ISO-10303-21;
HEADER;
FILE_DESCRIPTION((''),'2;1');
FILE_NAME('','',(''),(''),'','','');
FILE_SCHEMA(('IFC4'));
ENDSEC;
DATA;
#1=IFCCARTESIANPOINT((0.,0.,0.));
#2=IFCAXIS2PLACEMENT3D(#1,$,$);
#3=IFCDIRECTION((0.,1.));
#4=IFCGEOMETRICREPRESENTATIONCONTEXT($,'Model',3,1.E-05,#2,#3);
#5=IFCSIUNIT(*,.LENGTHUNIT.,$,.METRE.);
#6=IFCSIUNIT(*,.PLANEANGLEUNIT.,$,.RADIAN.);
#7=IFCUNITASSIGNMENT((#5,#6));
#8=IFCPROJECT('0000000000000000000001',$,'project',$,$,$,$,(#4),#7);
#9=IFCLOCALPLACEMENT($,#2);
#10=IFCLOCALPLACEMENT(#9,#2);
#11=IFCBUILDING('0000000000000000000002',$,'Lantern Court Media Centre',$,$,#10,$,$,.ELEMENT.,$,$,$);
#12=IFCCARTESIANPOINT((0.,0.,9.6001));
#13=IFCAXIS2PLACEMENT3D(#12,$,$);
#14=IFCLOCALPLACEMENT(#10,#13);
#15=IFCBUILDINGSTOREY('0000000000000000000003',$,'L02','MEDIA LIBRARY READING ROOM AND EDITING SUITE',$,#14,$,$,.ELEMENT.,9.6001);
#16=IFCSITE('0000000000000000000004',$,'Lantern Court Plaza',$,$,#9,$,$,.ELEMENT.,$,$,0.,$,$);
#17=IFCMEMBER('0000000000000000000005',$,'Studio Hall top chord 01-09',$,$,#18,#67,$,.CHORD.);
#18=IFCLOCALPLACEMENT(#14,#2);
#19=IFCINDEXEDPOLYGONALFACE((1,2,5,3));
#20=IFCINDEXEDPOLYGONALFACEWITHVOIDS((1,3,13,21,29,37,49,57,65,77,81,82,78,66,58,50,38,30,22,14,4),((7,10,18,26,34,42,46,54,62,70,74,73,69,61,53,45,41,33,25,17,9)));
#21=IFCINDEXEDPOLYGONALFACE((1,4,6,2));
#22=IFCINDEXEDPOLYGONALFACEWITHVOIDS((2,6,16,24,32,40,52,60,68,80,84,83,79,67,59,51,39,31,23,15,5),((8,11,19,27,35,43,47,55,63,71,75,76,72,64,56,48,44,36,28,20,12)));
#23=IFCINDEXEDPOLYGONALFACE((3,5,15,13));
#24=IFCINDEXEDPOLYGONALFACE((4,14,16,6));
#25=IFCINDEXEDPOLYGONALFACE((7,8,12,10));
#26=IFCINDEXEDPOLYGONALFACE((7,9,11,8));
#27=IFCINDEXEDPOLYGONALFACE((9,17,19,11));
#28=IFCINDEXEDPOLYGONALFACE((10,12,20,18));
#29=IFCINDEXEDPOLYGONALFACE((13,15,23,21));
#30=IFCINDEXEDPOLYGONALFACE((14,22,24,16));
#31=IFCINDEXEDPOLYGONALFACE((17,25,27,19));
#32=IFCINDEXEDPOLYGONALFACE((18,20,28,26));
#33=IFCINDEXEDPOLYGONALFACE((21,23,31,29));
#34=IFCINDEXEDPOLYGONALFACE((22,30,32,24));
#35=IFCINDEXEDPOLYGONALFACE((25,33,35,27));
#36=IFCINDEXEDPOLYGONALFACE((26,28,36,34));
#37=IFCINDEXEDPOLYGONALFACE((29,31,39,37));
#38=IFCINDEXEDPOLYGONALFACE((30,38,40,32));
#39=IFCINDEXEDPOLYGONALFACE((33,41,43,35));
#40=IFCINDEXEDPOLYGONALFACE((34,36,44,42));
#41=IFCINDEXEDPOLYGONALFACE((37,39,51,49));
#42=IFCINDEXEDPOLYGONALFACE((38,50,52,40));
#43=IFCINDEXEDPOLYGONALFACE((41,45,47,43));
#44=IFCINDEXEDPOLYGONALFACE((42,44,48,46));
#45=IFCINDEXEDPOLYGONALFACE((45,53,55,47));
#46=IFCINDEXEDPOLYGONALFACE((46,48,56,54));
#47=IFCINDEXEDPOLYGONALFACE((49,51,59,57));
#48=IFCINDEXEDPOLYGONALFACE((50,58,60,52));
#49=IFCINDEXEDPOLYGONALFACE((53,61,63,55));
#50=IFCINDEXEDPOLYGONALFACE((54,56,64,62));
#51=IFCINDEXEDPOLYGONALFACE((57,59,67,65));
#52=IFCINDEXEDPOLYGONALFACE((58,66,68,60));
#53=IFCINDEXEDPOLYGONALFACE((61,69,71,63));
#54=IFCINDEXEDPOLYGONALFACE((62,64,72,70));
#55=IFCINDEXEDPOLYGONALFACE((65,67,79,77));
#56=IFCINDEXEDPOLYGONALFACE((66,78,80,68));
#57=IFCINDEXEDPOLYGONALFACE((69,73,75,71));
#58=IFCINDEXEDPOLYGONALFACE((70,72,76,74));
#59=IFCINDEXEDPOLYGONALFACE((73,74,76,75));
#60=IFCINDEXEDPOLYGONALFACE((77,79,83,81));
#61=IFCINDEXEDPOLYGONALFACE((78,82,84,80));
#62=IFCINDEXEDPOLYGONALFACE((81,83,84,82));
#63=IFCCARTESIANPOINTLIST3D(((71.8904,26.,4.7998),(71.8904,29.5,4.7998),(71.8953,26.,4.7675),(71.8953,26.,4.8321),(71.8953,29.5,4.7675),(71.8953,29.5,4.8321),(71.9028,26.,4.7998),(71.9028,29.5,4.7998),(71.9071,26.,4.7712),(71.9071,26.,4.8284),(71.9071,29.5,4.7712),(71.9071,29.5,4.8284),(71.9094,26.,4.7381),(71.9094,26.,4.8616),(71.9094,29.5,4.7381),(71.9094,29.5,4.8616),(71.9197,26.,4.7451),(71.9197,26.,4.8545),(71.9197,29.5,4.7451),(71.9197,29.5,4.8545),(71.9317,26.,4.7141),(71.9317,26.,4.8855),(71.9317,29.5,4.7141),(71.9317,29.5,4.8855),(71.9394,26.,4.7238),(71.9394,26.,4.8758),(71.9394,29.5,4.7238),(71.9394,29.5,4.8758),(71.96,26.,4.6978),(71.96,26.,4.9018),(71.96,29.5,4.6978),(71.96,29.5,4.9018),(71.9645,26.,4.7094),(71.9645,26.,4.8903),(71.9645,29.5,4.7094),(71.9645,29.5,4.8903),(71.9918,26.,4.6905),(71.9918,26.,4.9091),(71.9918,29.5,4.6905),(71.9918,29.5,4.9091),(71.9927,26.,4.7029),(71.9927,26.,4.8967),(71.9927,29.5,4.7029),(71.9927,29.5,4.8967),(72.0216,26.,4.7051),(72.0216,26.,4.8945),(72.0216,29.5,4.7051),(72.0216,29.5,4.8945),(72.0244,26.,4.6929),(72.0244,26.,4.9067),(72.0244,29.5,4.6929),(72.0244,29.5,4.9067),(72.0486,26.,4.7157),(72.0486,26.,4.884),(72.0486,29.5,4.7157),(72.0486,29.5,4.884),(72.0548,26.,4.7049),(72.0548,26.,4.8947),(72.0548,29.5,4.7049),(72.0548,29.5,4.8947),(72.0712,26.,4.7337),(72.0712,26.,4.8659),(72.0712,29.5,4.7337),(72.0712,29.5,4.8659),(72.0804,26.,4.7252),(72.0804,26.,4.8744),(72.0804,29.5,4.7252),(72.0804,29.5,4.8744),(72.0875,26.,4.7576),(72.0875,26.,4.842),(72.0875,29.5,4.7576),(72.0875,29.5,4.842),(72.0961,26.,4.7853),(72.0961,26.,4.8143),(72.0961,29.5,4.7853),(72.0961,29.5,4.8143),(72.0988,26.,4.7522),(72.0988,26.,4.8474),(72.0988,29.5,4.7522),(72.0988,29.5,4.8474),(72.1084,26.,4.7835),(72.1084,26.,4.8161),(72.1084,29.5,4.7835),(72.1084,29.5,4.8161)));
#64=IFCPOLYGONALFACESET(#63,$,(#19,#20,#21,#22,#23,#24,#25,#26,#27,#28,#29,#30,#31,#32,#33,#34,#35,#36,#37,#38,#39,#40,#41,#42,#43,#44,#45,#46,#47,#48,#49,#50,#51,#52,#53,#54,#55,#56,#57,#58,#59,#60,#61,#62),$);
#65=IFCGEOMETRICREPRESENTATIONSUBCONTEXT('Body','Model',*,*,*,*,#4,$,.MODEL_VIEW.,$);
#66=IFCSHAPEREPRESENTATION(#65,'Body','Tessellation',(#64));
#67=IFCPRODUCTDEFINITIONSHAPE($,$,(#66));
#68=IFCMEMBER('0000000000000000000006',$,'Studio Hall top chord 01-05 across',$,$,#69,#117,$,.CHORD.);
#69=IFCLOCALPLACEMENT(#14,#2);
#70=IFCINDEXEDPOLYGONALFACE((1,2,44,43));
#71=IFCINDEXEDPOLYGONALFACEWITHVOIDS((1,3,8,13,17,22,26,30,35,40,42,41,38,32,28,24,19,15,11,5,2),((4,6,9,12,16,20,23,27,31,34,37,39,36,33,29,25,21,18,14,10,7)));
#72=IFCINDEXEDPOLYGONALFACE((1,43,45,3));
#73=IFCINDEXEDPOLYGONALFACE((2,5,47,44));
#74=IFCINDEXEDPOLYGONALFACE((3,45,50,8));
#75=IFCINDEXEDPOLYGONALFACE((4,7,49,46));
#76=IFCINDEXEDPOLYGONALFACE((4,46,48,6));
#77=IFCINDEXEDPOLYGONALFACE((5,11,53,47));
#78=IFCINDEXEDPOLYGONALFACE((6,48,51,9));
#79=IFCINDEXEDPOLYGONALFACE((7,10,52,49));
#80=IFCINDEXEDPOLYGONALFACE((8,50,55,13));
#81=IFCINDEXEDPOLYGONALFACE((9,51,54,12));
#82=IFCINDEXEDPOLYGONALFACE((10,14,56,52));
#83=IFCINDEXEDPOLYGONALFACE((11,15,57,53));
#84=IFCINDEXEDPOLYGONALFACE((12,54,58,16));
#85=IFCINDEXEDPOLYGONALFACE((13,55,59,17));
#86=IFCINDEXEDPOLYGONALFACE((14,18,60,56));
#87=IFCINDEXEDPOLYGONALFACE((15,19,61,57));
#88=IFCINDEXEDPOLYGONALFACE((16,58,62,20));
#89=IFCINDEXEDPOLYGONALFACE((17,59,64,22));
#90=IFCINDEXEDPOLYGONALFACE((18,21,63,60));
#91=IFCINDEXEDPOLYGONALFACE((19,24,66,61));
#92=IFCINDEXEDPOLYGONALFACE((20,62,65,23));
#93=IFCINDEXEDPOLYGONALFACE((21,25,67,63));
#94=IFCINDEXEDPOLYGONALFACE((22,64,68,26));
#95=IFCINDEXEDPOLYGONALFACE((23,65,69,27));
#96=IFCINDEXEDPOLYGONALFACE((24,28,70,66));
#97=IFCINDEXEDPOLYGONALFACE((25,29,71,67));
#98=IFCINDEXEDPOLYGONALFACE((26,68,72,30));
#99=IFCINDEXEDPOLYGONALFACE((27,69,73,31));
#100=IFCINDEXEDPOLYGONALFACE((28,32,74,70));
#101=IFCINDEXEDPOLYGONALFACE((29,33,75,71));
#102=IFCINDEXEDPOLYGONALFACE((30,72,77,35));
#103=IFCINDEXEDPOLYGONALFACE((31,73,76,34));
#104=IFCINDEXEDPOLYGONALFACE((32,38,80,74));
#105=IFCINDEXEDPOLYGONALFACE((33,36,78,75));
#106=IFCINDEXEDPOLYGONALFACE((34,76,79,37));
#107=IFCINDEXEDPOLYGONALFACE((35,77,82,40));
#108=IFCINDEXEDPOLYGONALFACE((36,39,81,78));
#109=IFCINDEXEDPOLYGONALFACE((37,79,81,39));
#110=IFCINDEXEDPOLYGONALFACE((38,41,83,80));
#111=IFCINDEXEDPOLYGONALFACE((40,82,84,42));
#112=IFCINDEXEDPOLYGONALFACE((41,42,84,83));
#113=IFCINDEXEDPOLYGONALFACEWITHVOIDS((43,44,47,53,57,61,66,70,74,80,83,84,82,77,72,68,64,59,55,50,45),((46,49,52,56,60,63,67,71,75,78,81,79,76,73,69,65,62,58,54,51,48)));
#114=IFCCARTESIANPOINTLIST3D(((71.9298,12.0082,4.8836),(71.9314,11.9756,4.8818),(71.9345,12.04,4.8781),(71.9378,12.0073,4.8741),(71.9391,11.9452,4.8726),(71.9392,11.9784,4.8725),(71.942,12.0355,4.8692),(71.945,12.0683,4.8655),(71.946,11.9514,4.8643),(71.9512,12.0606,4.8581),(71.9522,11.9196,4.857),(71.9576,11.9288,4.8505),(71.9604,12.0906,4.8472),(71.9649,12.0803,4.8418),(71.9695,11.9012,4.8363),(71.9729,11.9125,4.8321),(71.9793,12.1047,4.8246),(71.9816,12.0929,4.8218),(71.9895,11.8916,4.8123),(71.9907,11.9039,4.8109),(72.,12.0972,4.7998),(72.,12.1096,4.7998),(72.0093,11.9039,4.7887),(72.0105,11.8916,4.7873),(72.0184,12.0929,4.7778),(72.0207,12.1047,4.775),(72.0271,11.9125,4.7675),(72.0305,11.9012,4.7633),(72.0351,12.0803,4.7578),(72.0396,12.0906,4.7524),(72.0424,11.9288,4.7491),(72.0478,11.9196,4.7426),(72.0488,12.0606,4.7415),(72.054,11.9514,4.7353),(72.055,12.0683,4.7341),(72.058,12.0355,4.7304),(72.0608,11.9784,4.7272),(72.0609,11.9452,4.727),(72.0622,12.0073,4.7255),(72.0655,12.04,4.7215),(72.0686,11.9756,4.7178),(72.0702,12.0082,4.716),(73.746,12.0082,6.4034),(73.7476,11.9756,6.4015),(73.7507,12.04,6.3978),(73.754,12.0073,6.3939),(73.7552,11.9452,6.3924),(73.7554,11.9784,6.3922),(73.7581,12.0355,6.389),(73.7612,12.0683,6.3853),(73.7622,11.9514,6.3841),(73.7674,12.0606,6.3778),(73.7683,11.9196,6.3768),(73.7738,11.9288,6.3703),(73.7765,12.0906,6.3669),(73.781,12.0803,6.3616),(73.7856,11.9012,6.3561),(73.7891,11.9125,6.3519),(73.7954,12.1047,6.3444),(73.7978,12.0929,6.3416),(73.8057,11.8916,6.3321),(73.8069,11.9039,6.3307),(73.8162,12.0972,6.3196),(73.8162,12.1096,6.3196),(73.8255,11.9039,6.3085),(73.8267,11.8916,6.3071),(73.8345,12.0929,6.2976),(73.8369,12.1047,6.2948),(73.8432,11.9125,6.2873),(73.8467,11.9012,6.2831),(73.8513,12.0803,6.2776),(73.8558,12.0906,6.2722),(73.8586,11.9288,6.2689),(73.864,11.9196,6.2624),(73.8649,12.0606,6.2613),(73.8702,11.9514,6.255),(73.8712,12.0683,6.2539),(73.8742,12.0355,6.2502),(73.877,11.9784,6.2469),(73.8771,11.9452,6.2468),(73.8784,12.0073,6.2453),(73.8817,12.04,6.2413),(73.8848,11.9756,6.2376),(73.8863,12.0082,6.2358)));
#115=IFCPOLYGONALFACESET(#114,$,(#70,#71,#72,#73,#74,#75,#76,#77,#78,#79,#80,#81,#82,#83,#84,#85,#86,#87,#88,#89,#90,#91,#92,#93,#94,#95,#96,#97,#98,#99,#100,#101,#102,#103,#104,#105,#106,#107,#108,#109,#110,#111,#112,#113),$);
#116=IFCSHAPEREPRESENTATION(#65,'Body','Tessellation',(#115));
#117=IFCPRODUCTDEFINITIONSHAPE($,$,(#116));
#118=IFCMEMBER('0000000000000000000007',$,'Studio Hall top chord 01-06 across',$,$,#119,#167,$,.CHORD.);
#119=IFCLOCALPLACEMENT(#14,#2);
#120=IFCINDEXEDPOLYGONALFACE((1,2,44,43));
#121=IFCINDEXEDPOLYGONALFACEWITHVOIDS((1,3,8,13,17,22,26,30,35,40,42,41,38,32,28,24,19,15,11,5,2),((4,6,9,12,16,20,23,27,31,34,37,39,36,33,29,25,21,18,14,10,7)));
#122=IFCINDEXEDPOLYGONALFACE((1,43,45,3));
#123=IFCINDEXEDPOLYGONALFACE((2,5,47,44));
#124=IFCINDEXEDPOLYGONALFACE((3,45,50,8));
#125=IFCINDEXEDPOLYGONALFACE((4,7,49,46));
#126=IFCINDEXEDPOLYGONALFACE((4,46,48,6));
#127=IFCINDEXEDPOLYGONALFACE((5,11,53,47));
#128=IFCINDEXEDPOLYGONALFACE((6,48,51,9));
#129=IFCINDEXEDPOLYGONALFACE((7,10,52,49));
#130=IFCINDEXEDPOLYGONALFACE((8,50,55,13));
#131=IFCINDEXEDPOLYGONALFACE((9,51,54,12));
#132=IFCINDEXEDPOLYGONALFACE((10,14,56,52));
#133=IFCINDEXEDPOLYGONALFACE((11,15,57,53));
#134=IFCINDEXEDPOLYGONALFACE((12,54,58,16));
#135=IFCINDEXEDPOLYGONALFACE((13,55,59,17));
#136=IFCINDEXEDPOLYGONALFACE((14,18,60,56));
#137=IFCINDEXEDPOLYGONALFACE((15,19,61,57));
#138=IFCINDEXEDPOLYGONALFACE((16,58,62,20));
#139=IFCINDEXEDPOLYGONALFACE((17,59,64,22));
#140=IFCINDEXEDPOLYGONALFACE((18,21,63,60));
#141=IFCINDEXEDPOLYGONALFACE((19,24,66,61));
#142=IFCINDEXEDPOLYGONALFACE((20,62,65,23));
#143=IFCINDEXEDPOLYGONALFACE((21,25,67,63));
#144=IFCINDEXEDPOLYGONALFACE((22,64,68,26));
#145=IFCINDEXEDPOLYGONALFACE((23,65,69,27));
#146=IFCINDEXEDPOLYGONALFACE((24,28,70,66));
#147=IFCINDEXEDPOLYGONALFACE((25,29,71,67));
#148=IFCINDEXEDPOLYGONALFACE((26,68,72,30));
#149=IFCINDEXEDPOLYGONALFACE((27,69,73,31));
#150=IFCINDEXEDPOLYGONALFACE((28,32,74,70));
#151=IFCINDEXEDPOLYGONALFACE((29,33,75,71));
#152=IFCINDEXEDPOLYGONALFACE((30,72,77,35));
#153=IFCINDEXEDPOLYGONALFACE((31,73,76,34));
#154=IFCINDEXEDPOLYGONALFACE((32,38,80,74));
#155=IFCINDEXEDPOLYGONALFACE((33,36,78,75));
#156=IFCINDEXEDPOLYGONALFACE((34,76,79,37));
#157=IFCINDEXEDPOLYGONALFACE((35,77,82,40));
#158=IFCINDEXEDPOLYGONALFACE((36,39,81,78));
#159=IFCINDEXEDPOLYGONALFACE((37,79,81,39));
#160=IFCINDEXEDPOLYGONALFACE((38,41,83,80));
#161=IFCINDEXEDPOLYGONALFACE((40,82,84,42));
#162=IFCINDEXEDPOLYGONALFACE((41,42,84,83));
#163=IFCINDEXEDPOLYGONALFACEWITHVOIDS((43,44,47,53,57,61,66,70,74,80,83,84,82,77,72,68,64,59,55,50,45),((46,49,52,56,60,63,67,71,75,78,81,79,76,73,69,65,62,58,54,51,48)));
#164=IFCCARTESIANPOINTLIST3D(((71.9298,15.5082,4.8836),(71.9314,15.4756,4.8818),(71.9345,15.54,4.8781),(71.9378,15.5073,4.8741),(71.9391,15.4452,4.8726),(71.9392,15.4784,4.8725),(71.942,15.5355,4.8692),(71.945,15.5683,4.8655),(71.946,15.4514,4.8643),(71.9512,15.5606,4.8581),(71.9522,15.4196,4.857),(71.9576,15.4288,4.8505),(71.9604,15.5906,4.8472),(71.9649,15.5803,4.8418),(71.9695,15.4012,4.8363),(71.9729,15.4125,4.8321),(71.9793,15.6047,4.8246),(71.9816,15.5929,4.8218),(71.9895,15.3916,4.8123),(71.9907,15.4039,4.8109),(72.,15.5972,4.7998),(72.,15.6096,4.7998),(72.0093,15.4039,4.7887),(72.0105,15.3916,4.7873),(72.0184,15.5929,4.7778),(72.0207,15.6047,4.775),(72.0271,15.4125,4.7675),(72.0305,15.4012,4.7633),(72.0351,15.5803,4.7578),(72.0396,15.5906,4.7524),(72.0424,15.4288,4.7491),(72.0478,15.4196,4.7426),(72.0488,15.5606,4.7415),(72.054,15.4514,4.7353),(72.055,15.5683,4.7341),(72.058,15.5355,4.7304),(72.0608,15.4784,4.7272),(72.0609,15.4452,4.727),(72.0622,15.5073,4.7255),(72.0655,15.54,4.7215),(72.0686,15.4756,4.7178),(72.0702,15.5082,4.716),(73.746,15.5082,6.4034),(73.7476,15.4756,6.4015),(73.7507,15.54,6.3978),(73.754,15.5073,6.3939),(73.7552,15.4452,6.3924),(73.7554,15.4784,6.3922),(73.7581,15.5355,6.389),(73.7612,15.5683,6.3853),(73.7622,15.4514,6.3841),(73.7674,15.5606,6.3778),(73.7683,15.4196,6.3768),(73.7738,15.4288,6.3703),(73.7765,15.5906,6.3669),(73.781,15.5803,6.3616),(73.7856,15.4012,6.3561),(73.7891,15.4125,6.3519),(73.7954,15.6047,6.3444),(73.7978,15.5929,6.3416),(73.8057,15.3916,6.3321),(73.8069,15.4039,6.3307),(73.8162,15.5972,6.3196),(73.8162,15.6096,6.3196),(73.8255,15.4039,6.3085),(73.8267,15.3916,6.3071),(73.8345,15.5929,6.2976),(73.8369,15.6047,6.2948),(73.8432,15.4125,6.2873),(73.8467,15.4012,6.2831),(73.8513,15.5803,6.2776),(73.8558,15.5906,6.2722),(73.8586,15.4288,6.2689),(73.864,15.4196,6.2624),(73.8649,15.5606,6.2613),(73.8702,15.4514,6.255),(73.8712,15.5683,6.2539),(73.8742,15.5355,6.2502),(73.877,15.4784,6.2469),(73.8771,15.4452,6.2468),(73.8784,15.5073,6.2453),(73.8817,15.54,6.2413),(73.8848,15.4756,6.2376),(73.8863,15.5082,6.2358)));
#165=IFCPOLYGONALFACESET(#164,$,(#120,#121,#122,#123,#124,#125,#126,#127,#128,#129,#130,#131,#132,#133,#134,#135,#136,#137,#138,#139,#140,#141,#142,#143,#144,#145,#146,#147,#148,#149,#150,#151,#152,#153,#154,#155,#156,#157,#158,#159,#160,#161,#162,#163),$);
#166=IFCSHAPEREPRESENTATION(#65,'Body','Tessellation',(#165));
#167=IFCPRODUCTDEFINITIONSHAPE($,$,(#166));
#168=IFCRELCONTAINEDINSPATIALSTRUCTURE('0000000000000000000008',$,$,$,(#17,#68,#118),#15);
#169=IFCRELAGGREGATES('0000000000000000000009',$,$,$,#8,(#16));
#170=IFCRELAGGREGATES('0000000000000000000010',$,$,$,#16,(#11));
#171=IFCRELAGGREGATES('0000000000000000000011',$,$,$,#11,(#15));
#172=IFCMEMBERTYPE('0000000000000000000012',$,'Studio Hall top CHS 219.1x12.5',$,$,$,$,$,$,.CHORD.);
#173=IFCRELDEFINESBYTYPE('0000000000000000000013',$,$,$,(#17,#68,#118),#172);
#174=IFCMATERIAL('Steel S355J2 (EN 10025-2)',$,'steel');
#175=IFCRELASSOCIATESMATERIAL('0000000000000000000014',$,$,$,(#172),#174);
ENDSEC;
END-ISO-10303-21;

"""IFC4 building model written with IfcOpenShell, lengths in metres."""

from ifc_helpers import new_model, si_unit, direction, frame, origin, origin_2d, place, context, subcontext, project, spatial, hollow_circle, extrude, material, material_profile, profile_set, type_object, element, save


model = new_model("IFC4")

# Units and contexts
model_context = context("Model", 3, precision=1e-05, world=origin(), true_north=direction((0.0, 1.0)))
body_context = subcontext(model_context, "Body", "Model", "MODEL_VIEW")
ifc_project = project(units=[si_unit("LENGTHUNIT", "METRE"), si_unit("PLANEANGLEUNIT", "RADIAN")], contexts=[model_context])

# Site, building, storey
site_placement = place(None, origin())
site = spatial("IfcSite", under=ifc_project, at=site_placement, Name="Lantern Court Plaza", CompositionType="ELEMENT", RefElevation=0.0)
building_placement = place(site_placement, origin())
building = spatial("IfcBuilding", under=site, at=building_placement, Name="Lantern Court Media Centre", CompositionType="ELEMENT")
storey_placement = place(building_placement, frame((0.0, 0.0, 9.6001)))
storey = spatial("IfcBuildingStorey", under=building, at=storey_placement, Name="L02", Description="MEDIA LIBRARY READING ROOM AND EDITING SUITE", CompositionType="ELEMENT", Elevation=9.6001)

# Members
ifc_material_1 = material(Name="Steel S355J2 (EN 10025-2)", Category="steel")
ifc_material_profile_1 = material_profile(ifc_material_1, hollow_circle(Radius=0.1096, WallThickness=0.0125, at=origin_2d()), Name="Studio Hall top CHS 219.1x12.5")
ifc_profile_set_1 = profile_set([ifc_material_profile_1], Name="Steel S355J2 (EN 10025-2)")
member_type = type_object("IfcMemberType", Name="Studio Hall top CHS 219.1x12.5", PredefinedType="CHORD", material=ifc_profile_set_1)
for number, where, z_axis, x_axis, name in (
    (1, (72.0, 26.0, 4.7998), (0.0, 1.0, 0.0), (-1.0, 0.0, 0.0), "Studio Hall top chord 01-09"),
):
    element("IfcMember", number, at=place(storey_placement, frame(where, z_axis=z_axis, x_axis=x_axis)), inside=storey, type_object=member_type, Name=name, PredefinedType="CHORD", context=body_context, shape_type="SweptSolid", body=[
        extrude(hollow_circle(Radius=0.1096, WallThickness=0.0125, at=origin_2d()), origin(), (0.0, 0.0, 1.0), 3.5),
    ])
for number, where, z_axis, x_axis, name in (
    (2, (72.0, 12.0, 4.7998), (0.76691, 0.0, 0.641755), (0.0, 1.0, 0.0), "Studio Hall top chord 01-05 across"),
    (3, (72.0, 15.5, 4.7998), (0.76691, 0.0, 0.641755), (0.0, 1.0, 0.0), "Studio Hall top chord 01-06 across"),
):
    element("IfcMember", number, at=place(storey_placement, frame(where, z_axis=z_axis, x_axis=x_axis)), inside=storey, type_object=member_type, Name=name, PredefinedType="CHORD", context=body_context, shape_type="SweptSolid", body=[
        extrude(hollow_circle(Radius=0.1096, WallThickness=0.0125, at=origin_2d()), origin(), (0.0, 0.0, 1.0), 2.3682),
    ])

save(model, "model.ifc")
